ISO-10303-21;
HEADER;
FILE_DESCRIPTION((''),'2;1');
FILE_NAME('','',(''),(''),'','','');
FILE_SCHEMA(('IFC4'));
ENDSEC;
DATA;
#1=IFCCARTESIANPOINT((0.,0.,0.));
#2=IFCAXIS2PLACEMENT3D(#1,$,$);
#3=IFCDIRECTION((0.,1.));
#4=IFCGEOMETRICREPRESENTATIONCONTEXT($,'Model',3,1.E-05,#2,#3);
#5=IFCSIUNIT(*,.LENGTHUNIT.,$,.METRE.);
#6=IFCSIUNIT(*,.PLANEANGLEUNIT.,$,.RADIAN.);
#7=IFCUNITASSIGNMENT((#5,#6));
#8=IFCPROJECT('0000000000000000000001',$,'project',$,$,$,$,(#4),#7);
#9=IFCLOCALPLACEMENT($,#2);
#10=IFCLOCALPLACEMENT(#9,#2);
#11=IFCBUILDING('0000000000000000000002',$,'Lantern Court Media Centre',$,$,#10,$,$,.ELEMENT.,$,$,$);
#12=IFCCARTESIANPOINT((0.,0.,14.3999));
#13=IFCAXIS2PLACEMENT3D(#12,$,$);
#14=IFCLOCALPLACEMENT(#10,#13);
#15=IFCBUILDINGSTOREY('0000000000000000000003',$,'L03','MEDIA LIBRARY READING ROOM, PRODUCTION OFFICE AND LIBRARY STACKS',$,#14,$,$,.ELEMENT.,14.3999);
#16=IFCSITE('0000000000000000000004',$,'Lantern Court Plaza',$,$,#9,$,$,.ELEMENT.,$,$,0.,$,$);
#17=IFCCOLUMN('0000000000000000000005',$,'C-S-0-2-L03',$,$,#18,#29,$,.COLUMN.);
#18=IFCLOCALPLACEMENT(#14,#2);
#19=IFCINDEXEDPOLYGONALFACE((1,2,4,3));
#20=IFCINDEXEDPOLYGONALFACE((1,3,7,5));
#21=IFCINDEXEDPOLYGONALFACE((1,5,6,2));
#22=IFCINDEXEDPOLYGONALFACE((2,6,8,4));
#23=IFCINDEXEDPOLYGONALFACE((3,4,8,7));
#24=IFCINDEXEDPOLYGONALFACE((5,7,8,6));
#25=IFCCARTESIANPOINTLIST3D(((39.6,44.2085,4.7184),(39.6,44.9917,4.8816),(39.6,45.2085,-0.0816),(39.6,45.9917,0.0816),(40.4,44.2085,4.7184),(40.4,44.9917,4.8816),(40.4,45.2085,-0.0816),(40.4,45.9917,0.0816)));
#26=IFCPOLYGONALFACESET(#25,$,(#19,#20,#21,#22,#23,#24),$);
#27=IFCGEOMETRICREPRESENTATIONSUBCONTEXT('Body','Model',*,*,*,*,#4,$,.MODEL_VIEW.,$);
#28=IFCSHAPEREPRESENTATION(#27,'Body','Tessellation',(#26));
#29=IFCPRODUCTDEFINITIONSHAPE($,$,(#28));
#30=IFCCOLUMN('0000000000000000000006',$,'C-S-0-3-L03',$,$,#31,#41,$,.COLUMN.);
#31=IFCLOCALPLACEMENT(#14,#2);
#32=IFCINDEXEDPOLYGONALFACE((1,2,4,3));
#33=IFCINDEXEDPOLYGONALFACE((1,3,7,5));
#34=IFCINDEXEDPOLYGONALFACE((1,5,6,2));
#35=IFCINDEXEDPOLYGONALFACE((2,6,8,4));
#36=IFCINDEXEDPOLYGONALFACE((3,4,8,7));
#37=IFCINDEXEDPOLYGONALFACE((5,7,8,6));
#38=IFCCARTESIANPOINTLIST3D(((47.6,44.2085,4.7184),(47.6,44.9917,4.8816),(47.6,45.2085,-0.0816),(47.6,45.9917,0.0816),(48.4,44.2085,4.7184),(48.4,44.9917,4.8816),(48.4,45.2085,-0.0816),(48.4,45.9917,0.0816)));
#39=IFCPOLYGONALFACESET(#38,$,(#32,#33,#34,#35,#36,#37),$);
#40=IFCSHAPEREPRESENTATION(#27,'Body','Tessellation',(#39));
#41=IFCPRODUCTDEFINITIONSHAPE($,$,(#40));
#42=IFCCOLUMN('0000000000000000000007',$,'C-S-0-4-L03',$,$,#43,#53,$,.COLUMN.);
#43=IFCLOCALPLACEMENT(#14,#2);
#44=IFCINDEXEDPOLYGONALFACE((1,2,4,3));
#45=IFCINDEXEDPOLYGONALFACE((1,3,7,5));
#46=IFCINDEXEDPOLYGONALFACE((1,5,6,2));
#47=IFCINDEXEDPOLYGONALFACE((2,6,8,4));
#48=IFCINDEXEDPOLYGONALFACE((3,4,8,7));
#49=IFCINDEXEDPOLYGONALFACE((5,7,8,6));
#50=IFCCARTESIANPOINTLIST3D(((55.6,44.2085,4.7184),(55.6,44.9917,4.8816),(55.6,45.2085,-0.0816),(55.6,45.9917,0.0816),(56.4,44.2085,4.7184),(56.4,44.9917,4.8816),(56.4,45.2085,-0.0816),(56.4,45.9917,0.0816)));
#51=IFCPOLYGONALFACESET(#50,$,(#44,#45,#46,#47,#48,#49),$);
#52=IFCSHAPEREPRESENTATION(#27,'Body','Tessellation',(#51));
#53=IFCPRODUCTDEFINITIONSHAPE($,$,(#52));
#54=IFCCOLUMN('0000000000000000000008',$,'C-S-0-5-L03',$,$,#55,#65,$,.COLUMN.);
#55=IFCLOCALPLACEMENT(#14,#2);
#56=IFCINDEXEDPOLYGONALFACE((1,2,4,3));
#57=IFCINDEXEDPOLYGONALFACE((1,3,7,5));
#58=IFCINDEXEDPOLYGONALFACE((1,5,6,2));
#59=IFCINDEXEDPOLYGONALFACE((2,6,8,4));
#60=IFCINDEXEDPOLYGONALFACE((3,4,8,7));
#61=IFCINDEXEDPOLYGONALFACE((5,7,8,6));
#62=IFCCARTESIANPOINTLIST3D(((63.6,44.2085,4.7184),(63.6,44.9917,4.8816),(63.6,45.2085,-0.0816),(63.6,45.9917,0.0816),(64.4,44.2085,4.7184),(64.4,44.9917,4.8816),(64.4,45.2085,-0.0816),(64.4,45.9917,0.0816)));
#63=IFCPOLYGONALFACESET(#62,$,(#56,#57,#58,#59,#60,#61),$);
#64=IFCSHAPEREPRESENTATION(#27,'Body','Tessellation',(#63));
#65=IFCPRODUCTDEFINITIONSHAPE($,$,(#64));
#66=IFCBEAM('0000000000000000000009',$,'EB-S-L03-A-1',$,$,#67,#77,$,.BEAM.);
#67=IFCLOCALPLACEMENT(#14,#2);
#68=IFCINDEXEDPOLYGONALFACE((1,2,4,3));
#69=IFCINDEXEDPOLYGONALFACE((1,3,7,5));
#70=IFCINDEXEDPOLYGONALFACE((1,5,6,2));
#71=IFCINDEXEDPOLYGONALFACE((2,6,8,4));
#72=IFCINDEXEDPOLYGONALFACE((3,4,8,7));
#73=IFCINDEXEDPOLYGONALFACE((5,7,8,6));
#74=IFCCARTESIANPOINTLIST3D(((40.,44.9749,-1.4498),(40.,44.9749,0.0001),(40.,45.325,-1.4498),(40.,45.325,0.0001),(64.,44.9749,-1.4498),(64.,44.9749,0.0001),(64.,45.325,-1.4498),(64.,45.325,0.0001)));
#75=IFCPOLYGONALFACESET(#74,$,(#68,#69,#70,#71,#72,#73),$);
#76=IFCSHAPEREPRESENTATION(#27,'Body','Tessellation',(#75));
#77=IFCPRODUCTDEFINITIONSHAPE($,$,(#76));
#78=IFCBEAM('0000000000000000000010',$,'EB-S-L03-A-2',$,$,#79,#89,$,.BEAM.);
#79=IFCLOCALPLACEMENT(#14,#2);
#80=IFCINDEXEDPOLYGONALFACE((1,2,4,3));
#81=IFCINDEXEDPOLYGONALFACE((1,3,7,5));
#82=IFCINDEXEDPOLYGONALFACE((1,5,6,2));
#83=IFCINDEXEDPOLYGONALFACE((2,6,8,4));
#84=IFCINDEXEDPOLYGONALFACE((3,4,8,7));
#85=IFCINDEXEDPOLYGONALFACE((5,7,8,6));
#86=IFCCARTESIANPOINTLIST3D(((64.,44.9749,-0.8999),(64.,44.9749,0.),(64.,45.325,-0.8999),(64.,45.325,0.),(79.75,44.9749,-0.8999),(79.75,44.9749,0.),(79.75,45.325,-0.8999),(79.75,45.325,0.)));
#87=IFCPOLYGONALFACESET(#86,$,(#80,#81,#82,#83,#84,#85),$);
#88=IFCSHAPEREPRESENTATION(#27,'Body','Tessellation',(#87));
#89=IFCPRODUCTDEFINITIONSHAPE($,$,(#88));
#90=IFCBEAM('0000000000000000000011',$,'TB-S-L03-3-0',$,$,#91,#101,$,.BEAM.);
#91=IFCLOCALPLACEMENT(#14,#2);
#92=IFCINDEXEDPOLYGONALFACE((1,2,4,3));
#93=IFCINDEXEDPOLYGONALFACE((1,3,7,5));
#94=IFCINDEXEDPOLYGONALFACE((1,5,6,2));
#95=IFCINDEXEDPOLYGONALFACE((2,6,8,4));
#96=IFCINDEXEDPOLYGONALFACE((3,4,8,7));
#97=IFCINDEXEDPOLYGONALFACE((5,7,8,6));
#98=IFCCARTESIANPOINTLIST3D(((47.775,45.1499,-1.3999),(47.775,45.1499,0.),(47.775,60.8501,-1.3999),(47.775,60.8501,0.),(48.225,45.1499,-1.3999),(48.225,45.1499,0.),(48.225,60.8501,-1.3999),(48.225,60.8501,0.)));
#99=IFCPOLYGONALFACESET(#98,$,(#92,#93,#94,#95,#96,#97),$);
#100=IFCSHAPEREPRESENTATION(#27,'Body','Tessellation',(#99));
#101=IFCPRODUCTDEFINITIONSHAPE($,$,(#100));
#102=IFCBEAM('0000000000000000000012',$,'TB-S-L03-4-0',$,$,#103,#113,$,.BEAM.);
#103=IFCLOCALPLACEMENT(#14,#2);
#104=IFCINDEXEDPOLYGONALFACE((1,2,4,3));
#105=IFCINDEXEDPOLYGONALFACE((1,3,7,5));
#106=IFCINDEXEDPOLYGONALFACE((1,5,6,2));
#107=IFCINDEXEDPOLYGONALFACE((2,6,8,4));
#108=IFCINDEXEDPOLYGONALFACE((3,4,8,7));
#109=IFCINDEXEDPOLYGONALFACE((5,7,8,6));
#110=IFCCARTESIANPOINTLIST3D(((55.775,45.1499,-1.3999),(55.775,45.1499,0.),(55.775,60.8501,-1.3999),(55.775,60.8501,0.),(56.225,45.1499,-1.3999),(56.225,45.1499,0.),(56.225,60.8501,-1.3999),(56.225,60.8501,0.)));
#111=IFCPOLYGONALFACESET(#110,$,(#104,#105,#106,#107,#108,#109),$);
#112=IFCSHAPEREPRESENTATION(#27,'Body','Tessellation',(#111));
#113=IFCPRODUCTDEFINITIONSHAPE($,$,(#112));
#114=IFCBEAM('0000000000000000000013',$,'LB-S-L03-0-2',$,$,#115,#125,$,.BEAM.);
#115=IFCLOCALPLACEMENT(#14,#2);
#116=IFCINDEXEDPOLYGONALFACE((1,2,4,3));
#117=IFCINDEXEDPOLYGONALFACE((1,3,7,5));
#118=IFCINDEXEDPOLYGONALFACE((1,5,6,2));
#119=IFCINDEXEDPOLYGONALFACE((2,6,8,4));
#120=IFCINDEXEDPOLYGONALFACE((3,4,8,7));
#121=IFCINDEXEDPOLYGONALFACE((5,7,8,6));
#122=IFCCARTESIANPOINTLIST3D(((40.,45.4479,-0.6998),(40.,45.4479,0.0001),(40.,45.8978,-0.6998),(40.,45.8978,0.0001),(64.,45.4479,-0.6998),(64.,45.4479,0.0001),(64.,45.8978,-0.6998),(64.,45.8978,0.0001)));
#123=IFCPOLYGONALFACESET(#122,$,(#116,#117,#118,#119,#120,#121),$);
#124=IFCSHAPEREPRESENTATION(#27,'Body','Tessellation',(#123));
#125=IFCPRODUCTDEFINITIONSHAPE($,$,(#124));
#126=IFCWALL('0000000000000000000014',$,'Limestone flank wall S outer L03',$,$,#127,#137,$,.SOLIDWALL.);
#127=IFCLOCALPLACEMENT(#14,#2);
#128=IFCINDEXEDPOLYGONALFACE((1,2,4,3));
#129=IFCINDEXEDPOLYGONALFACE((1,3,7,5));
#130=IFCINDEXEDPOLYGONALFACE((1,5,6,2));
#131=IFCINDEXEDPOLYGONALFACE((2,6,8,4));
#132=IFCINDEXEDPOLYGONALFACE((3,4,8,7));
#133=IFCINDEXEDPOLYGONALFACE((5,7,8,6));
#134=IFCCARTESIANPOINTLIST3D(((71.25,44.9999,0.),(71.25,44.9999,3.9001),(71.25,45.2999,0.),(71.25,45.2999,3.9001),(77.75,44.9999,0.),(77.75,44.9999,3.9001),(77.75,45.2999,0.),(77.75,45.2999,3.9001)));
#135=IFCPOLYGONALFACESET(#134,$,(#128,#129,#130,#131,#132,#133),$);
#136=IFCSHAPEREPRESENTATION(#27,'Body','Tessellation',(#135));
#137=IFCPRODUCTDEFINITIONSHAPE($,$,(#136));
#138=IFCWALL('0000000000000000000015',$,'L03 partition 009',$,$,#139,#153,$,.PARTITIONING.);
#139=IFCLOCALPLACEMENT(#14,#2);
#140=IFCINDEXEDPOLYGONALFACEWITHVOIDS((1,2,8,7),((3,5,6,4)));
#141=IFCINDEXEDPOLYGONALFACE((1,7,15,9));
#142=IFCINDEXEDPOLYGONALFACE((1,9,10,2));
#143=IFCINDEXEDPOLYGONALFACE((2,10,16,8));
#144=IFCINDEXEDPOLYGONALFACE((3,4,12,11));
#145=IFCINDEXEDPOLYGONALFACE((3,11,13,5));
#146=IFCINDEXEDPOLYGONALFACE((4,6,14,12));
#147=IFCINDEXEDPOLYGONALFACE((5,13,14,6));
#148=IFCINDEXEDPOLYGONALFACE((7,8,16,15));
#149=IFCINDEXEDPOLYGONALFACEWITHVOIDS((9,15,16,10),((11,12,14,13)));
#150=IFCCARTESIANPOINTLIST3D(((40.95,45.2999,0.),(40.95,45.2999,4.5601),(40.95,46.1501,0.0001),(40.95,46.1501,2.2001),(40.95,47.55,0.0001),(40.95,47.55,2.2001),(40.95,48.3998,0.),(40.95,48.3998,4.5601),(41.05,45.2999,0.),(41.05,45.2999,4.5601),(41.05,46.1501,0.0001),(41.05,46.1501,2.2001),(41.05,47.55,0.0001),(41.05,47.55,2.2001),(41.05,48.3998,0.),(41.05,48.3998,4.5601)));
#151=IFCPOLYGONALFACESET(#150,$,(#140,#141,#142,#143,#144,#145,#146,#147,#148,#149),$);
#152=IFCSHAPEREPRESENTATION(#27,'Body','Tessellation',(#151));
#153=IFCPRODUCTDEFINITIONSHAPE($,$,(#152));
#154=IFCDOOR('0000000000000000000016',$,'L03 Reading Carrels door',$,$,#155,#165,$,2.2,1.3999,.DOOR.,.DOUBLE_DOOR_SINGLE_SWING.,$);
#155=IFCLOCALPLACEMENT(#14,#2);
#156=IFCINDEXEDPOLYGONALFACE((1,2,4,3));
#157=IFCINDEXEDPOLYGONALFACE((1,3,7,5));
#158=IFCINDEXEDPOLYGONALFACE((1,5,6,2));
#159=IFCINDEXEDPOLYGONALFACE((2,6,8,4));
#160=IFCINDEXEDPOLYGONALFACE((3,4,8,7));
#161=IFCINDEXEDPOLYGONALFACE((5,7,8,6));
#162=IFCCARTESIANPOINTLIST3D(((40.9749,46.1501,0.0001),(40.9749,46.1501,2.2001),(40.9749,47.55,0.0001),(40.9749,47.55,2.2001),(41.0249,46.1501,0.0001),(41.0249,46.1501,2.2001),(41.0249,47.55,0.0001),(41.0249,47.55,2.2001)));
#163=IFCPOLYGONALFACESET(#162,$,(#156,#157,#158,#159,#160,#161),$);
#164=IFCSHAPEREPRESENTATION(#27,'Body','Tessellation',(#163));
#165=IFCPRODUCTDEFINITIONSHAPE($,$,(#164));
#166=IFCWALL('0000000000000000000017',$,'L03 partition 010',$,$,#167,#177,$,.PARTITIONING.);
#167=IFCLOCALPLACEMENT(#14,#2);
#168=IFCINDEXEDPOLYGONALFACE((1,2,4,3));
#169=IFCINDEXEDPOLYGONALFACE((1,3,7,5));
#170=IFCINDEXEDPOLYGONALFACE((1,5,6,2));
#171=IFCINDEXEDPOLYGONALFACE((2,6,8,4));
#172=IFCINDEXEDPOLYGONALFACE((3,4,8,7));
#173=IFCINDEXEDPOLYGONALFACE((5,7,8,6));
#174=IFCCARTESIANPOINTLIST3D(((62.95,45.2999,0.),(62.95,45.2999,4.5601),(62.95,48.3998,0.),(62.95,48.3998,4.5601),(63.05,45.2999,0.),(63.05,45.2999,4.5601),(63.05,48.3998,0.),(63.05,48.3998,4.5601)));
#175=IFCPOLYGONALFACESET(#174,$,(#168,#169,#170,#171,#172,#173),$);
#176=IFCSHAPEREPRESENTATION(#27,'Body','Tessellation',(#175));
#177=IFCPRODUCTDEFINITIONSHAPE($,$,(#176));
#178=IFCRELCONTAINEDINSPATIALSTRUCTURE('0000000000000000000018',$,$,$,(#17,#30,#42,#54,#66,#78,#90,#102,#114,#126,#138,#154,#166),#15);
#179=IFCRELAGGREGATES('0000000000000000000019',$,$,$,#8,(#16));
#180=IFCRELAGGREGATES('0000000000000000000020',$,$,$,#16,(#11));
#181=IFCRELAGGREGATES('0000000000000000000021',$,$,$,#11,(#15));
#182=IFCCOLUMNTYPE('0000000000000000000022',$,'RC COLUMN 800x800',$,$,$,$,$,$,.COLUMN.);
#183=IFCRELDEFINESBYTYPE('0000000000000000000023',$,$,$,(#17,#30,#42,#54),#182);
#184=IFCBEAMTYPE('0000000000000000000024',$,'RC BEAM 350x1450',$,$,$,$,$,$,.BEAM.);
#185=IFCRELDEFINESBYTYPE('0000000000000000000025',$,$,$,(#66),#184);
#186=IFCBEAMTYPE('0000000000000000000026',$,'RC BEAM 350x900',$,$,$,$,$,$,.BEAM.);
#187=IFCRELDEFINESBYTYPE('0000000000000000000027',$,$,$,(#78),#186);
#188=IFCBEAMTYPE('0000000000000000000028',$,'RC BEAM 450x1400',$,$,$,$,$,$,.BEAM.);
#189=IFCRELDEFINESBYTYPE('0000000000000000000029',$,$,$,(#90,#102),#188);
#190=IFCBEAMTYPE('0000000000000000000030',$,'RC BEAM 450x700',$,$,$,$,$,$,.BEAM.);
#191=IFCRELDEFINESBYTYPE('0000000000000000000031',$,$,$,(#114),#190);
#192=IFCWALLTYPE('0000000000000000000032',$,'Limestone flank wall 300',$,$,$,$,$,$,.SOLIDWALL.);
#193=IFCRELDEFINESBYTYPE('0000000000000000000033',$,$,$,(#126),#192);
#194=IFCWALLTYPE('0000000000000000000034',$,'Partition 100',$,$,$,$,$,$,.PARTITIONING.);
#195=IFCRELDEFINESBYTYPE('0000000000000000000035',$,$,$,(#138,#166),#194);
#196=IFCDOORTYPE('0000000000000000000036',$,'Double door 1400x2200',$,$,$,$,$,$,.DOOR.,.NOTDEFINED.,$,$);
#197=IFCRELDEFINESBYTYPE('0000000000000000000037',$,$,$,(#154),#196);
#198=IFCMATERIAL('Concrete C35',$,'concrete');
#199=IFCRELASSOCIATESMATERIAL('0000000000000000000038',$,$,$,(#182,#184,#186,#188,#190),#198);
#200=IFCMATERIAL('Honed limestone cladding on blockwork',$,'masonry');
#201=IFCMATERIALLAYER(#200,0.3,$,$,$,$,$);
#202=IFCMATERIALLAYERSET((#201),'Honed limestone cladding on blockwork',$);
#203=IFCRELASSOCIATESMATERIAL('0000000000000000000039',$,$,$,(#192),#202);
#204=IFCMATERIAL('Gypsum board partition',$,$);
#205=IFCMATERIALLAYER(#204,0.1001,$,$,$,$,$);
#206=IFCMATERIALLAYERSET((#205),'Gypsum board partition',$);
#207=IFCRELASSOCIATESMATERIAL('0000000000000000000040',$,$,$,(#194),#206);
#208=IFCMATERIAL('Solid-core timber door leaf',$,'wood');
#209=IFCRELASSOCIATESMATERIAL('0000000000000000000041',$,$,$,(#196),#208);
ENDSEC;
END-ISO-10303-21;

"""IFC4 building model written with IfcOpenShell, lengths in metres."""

from ifc_helpers import new_model, si_unit, direction, frame, frame_2d, origin, origin_2d, place, context, subcontext, project, spatial, rectangle, extrude, material, layer, layer_set, material_profile, profile_set, type_object, element, fill, save


model = new_model("IFC4")

# Units and contexts
model_context = context("Model", 3, precision=1e-05, world=origin(), true_north=direction((0.0, 1.0)))
body_context = subcontext(model_context, "Body", "Model", "MODEL_VIEW")
ifc_project = project(units=[si_unit("LENGTHUNIT", "METRE"), si_unit("PLANEANGLEUNIT", "RADIAN")], contexts=[model_context])

# Site, building, storey
site_placement = place(None, origin())
site = spatial("IfcSite", under=ifc_project, at=site_placement, Name="Lantern Court Plaza", CompositionType="ELEMENT", RefElevation=0.0)
building_placement = place(site_placement, origin())
building = spatial("IfcBuilding", under=site, at=building_placement, Name="Lantern Court Media Centre", CompositionType="ELEMENT")
storey_placement = place(building_placement, frame((0.0, 0.0, 14.3999)))
storey = spatial("IfcBuildingStorey", under=building, at=storey_placement, Name="L03", Description="MEDIA LIBRARY READING ROOM, PRODUCTION OFFICE AND LIBRARY STACKS", CompositionType="ELEMENT", Elevation=14.3999)

# Columns
ifc_material_1 = material(Name="Concrete C35", Category="concrete")
ifc_material_profile_1 = material_profile(ifc_material_1, rectangle(XDim=0.8, YDim=0.8, at=origin_2d()), Name="RC 800x800")
ifc_profile_set_1 = profile_set([ifc_material_profile_1], Name="Concrete C35")
column_type = type_object("IfcColumnType", Name="RC COLUMN 800x800", PredefinedType="COLUMN", material=ifc_profile_set_1)
for number, where, z_axis, x_axis, name in (
    (1, (40.0, 45.6001, 0.0), (0.0, -0.203952, 0.978981), (1.0, 0.0, 0.0), "C-S-0-2-L03"),
    (2, (48.0, 45.6001, 0.0), (0.0, -0.203952, 0.978981), (1.0, 0.0, 0.0), "C-S-0-3-L03"),
    (3, (56.0, 45.6001, 0.0), (0.0, -0.203952, 0.978981), (1.0, 0.0, 0.0), "C-S-0-4-L03"),
    (4, (64.0, 45.6001, 0.0), (0.0, -0.203952, 0.978981), (1.0, 0.0, 0.0), "C-S-0-5-L03"),
):
    element("IfcColumn", number, at=place(storey_placement, frame(where, z_axis=z_axis, x_axis=x_axis)), inside=storey, type_object=column_type, Name=name, PredefinedType="COLUMN", context=body_context, shape_type="SweptSolid", body=[
        extrude(rectangle(XDim=0.8, YDim=0.8, at=origin_2d()), origin(), (0.0, 0.0, 1.0), 4.9031),
    ])

# Beams
ifc_material_profile_2 = material_profile(ifc_material_1, rectangle(XDim=0.3501, YDim=1.45, at=origin_2d()), Name="RC 350x1450")
ifc_profile_set_2 = profile_set([ifc_material_profile_2], Name="Concrete C35")
beam_type_1 = type_object("IfcBeamType", Name="RC BEAM 350x1450", PredefinedType="BEAM", material=ifc_profile_set_2)
beam_1_placement = place(storey_placement, frame((40.0, 45.1499, -0.7249), z_axis=(1.0, 0.0, 0.0), x_axis=(0.0, 1.0, 0.0)))
element("IfcBeam", 5, at=beam_1_placement, inside=storey, type_object=beam_type_1, Name="EB-S-L03-A-1", PredefinedType="BEAM", context=body_context, shape_type="SweptSolid", body=[
    extrude(rectangle(XDim=0.3501, YDim=1.45, at=origin_2d()), origin(), (0.0, 0.0, 1.0), 24.0),
])
ifc_material_profile_3 = material_profile(ifc_material_1, rectangle(XDim=0.3501, YDim=0.8999, at=origin_2d()), Name="RC 350x900")
ifc_profile_set_3 = profile_set([ifc_material_profile_3], Name="Concrete C35")
beam_type_2 = type_object("IfcBeamType", Name="RC BEAM 350x900", PredefinedType="BEAM", material=ifc_profile_set_3)
beam_2_placement = place(storey_placement, frame((64.0, 45.1499, -0.45), z_axis=(1.0, 0.0, 0.0), x_axis=(0.0, 1.0, 0.0)))
element("IfcBeam", 6, at=beam_2_placement, inside=storey, type_object=beam_type_2, Name="EB-S-L03-A-2", PredefinedType="BEAM", context=body_context, shape_type="SweptSolid", body=[
    extrude(rectangle(XDim=0.3501, YDim=0.8999, at=origin_2d()), origin(), (0.0, 0.0, 1.0), 15.75),
])
ifc_material_profile_4 = material_profile(ifc_material_1, rectangle(XDim=0.45, YDim=1.3999, at=origin_2d()), Name="RC 450x1400")
ifc_profile_set_4 = profile_set([ifc_material_profile_4], Name="Concrete C35")
beam_type_3 = type_object("IfcBeamType", Name="RC BEAM 450x1400", PredefinedType="BEAM", material=ifc_profile_set_4)
for number, where, z_axis, x_axis, name in (
    (7, (48.0, 45.1499, -0.7), (0.0, 1.0, 0.0), (-1.0, 0.0, 0.0), "TB-S-L03-3-0"),
    (8, (56.0, 45.1499, -0.7), (0.0, 1.0, 0.0), (-1.0, 0.0, 0.0), "TB-S-L03-4-0"),
):
    element("IfcBeam", number, at=place(storey_placement, frame(where, z_axis=z_axis, x_axis=x_axis)), inside=storey, type_object=beam_type_3, Name=name, PredefinedType="BEAM", context=body_context, shape_type="SweptSolid", body=[
        extrude(rectangle(XDim=0.45, YDim=1.3999, at=origin_2d()), origin(), (0.0, 0.0, 1.0), 15.7002),
    ])
ifc_material_profile_5 = material_profile(ifc_material_1, rectangle(XDim=0.45, YDim=0.7, at=origin_2d()), Name="RC 450x700")
ifc_profile_set_5 = profile_set([ifc_material_profile_5], Name="Concrete C35")
beam_type_4 = type_object("IfcBeamType", Name="RC BEAM 450x700", PredefinedType="BEAM", material=ifc_profile_set_5)
beam_3_placement = place(storey_placement, frame((40.0, 45.6729, -0.3499), z_axis=(1.0, 0.0, 0.0), x_axis=(0.0, 1.0, 0.0)))
element("IfcBeam", 9, at=beam_3_placement, inside=storey, type_object=beam_type_4, Name="LB-S-L03-0-2", PredefinedType="BEAM", context=body_context, shape_type="SweptSolid", body=[
    extrude(rectangle(XDim=0.45, YDim=0.7, at=origin_2d()), origin(), (0.0, 0.0, 1.0), 24.0),
])

# Wall
ifc_material_2 = material(Name="Honed limestone cladding on blockwork", Category="masonry")
ifc_layer_1 = layer(ifc_material_2, 0.3)
ifc_layer_set_1 = layer_set([ifc_layer_1], Name="Honed limestone cladding on blockwork")
wall_type_1 = type_object("IfcWallType", Name="Limestone flank wall 300", PredefinedType="SOLIDWALL", material=ifc_layer_set_1)
wall_1_placement = place(storey_placement, frame((71.25, 45.1499, 0.0), z_axis=(0.0, 0.0, 1.0), x_axis=(1.0, 0.0, 0.0)))
element("IfcWall", 10, at=wall_1_placement, inside=storey, type_object=wall_type_1, Name="Limestone flank wall S outer L03", PredefinedType="SOLIDWALL", context=body_context, shape_type="SweptSolid", body=[
    extrude(rectangle(XDim=6.5, YDim=0.3, at=frame_2d((3.25, 0.0))), origin(), (0.0, 0.0, 1.0), 3.9001),
])

# Wall, opening, door
ifc_material_3 = material(Name="Gypsum board partition")
ifc_layer_2 = layer(ifc_material_3, 0.1001)
ifc_layer_set_2 = layer_set([ifc_layer_2], Name="Gypsum board partition")
wall_type_2 = type_object("IfcWallType", Name="Partition 100", PredefinedType="PARTITIONING", material=ifc_layer_set_2)
wall_2_placement = place(storey_placement, frame((41.0, 45.3, 0.0), z_axis=(0.0, 0.0, 1.0), x_axis=(0.0, 1.0, 0.0)))
wall_2 = element("IfcWall", 11, at=wall_2_placement, inside=storey, type_object=wall_type_2, Name="L03 partition 009", PredefinedType="PARTITIONING", context=body_context, shape_type="SweptSolid", body=[
    extrude(rectangle(XDim=3.0999, YDim=0.1001, at=frame_2d((1.5498, 0.0))), origin(), (0.0, 0.0, 1.0), 4.5601),
])
opening_placement = place(wall_2_placement, frame((0.8501, 0.0, 0.0)))
opening = element("IfcOpeningElement", 12, at=opening_placement, cuts=wall_2, PredefinedType="OPENING", context=body_context, shape_type="SweptSolid", body=[
    extrude(rectangle(XDim=1.3999, YDim=2.2, at=frame_2d((0.7, 1.1001))), frame((0.0, 0.0601, 0.0), z_axis=(0.0, -1.0, 0.0), x_axis=(1.0, 0.0, 0.0)), (0.0, 0.0, 1.0), 0.1201),
])
ifc_material_4 = material(Name="Solid-core timber door leaf", Category="wood")
door_type = type_object("IfcDoorType", Name="Double door 1400x2200", OperationType="NOTDEFINED", PredefinedType="DOOR", material=ifc_material_4)
door_placement = place(opening_placement, frame((1.3999, 0.0, 0.0), z_axis=(0.0, 0.0, 1.0), x_axis=(-1.0, 0.0, 0.0)))
door = element("IfcDoor", 13, at=door_placement, inside=storey, type_object=door_type, Name="L03 Reading Carrels door", OperationType="DOUBLE_DOOR_SINGLE_SWING", OverallHeight=2.2, OverallWidth=1.3999, PredefinedType="DOOR", context=body_context, shape_type="SweptSolid", body=[
    extrude(rectangle(XDim=1.3999, YDim=2.2, at=frame_2d((0.7, 1.1001))), frame((0.0, 0.0249, 0.0), z_axis=(0.0, -1.0, 0.0), x_axis=(1.0, 0.0, 0.0)), (0.0, 0.0, 1.0), 0.05),
])
fill(opening, door)

# Wall
wall_3_placement = place(storey_placement, frame((63.0, 45.3, 0.0), z_axis=(0.0, 0.0, 1.0), x_axis=(0.0, 1.0, 0.0)))
element("IfcWall", 14, at=wall_3_placement, inside=storey, type_object=wall_type_2, Name="L03 partition 010", PredefinedType="PARTITIONING", context=body_context, shape_type="SweptSolid", body=[
    extrude(rectangle(XDim=3.0999, YDim=0.1001, at=frame_2d((1.5498, 0.0))), origin(), (0.0, 0.0, 1.0), 4.5601),
])

save(model, "model.ifc")
